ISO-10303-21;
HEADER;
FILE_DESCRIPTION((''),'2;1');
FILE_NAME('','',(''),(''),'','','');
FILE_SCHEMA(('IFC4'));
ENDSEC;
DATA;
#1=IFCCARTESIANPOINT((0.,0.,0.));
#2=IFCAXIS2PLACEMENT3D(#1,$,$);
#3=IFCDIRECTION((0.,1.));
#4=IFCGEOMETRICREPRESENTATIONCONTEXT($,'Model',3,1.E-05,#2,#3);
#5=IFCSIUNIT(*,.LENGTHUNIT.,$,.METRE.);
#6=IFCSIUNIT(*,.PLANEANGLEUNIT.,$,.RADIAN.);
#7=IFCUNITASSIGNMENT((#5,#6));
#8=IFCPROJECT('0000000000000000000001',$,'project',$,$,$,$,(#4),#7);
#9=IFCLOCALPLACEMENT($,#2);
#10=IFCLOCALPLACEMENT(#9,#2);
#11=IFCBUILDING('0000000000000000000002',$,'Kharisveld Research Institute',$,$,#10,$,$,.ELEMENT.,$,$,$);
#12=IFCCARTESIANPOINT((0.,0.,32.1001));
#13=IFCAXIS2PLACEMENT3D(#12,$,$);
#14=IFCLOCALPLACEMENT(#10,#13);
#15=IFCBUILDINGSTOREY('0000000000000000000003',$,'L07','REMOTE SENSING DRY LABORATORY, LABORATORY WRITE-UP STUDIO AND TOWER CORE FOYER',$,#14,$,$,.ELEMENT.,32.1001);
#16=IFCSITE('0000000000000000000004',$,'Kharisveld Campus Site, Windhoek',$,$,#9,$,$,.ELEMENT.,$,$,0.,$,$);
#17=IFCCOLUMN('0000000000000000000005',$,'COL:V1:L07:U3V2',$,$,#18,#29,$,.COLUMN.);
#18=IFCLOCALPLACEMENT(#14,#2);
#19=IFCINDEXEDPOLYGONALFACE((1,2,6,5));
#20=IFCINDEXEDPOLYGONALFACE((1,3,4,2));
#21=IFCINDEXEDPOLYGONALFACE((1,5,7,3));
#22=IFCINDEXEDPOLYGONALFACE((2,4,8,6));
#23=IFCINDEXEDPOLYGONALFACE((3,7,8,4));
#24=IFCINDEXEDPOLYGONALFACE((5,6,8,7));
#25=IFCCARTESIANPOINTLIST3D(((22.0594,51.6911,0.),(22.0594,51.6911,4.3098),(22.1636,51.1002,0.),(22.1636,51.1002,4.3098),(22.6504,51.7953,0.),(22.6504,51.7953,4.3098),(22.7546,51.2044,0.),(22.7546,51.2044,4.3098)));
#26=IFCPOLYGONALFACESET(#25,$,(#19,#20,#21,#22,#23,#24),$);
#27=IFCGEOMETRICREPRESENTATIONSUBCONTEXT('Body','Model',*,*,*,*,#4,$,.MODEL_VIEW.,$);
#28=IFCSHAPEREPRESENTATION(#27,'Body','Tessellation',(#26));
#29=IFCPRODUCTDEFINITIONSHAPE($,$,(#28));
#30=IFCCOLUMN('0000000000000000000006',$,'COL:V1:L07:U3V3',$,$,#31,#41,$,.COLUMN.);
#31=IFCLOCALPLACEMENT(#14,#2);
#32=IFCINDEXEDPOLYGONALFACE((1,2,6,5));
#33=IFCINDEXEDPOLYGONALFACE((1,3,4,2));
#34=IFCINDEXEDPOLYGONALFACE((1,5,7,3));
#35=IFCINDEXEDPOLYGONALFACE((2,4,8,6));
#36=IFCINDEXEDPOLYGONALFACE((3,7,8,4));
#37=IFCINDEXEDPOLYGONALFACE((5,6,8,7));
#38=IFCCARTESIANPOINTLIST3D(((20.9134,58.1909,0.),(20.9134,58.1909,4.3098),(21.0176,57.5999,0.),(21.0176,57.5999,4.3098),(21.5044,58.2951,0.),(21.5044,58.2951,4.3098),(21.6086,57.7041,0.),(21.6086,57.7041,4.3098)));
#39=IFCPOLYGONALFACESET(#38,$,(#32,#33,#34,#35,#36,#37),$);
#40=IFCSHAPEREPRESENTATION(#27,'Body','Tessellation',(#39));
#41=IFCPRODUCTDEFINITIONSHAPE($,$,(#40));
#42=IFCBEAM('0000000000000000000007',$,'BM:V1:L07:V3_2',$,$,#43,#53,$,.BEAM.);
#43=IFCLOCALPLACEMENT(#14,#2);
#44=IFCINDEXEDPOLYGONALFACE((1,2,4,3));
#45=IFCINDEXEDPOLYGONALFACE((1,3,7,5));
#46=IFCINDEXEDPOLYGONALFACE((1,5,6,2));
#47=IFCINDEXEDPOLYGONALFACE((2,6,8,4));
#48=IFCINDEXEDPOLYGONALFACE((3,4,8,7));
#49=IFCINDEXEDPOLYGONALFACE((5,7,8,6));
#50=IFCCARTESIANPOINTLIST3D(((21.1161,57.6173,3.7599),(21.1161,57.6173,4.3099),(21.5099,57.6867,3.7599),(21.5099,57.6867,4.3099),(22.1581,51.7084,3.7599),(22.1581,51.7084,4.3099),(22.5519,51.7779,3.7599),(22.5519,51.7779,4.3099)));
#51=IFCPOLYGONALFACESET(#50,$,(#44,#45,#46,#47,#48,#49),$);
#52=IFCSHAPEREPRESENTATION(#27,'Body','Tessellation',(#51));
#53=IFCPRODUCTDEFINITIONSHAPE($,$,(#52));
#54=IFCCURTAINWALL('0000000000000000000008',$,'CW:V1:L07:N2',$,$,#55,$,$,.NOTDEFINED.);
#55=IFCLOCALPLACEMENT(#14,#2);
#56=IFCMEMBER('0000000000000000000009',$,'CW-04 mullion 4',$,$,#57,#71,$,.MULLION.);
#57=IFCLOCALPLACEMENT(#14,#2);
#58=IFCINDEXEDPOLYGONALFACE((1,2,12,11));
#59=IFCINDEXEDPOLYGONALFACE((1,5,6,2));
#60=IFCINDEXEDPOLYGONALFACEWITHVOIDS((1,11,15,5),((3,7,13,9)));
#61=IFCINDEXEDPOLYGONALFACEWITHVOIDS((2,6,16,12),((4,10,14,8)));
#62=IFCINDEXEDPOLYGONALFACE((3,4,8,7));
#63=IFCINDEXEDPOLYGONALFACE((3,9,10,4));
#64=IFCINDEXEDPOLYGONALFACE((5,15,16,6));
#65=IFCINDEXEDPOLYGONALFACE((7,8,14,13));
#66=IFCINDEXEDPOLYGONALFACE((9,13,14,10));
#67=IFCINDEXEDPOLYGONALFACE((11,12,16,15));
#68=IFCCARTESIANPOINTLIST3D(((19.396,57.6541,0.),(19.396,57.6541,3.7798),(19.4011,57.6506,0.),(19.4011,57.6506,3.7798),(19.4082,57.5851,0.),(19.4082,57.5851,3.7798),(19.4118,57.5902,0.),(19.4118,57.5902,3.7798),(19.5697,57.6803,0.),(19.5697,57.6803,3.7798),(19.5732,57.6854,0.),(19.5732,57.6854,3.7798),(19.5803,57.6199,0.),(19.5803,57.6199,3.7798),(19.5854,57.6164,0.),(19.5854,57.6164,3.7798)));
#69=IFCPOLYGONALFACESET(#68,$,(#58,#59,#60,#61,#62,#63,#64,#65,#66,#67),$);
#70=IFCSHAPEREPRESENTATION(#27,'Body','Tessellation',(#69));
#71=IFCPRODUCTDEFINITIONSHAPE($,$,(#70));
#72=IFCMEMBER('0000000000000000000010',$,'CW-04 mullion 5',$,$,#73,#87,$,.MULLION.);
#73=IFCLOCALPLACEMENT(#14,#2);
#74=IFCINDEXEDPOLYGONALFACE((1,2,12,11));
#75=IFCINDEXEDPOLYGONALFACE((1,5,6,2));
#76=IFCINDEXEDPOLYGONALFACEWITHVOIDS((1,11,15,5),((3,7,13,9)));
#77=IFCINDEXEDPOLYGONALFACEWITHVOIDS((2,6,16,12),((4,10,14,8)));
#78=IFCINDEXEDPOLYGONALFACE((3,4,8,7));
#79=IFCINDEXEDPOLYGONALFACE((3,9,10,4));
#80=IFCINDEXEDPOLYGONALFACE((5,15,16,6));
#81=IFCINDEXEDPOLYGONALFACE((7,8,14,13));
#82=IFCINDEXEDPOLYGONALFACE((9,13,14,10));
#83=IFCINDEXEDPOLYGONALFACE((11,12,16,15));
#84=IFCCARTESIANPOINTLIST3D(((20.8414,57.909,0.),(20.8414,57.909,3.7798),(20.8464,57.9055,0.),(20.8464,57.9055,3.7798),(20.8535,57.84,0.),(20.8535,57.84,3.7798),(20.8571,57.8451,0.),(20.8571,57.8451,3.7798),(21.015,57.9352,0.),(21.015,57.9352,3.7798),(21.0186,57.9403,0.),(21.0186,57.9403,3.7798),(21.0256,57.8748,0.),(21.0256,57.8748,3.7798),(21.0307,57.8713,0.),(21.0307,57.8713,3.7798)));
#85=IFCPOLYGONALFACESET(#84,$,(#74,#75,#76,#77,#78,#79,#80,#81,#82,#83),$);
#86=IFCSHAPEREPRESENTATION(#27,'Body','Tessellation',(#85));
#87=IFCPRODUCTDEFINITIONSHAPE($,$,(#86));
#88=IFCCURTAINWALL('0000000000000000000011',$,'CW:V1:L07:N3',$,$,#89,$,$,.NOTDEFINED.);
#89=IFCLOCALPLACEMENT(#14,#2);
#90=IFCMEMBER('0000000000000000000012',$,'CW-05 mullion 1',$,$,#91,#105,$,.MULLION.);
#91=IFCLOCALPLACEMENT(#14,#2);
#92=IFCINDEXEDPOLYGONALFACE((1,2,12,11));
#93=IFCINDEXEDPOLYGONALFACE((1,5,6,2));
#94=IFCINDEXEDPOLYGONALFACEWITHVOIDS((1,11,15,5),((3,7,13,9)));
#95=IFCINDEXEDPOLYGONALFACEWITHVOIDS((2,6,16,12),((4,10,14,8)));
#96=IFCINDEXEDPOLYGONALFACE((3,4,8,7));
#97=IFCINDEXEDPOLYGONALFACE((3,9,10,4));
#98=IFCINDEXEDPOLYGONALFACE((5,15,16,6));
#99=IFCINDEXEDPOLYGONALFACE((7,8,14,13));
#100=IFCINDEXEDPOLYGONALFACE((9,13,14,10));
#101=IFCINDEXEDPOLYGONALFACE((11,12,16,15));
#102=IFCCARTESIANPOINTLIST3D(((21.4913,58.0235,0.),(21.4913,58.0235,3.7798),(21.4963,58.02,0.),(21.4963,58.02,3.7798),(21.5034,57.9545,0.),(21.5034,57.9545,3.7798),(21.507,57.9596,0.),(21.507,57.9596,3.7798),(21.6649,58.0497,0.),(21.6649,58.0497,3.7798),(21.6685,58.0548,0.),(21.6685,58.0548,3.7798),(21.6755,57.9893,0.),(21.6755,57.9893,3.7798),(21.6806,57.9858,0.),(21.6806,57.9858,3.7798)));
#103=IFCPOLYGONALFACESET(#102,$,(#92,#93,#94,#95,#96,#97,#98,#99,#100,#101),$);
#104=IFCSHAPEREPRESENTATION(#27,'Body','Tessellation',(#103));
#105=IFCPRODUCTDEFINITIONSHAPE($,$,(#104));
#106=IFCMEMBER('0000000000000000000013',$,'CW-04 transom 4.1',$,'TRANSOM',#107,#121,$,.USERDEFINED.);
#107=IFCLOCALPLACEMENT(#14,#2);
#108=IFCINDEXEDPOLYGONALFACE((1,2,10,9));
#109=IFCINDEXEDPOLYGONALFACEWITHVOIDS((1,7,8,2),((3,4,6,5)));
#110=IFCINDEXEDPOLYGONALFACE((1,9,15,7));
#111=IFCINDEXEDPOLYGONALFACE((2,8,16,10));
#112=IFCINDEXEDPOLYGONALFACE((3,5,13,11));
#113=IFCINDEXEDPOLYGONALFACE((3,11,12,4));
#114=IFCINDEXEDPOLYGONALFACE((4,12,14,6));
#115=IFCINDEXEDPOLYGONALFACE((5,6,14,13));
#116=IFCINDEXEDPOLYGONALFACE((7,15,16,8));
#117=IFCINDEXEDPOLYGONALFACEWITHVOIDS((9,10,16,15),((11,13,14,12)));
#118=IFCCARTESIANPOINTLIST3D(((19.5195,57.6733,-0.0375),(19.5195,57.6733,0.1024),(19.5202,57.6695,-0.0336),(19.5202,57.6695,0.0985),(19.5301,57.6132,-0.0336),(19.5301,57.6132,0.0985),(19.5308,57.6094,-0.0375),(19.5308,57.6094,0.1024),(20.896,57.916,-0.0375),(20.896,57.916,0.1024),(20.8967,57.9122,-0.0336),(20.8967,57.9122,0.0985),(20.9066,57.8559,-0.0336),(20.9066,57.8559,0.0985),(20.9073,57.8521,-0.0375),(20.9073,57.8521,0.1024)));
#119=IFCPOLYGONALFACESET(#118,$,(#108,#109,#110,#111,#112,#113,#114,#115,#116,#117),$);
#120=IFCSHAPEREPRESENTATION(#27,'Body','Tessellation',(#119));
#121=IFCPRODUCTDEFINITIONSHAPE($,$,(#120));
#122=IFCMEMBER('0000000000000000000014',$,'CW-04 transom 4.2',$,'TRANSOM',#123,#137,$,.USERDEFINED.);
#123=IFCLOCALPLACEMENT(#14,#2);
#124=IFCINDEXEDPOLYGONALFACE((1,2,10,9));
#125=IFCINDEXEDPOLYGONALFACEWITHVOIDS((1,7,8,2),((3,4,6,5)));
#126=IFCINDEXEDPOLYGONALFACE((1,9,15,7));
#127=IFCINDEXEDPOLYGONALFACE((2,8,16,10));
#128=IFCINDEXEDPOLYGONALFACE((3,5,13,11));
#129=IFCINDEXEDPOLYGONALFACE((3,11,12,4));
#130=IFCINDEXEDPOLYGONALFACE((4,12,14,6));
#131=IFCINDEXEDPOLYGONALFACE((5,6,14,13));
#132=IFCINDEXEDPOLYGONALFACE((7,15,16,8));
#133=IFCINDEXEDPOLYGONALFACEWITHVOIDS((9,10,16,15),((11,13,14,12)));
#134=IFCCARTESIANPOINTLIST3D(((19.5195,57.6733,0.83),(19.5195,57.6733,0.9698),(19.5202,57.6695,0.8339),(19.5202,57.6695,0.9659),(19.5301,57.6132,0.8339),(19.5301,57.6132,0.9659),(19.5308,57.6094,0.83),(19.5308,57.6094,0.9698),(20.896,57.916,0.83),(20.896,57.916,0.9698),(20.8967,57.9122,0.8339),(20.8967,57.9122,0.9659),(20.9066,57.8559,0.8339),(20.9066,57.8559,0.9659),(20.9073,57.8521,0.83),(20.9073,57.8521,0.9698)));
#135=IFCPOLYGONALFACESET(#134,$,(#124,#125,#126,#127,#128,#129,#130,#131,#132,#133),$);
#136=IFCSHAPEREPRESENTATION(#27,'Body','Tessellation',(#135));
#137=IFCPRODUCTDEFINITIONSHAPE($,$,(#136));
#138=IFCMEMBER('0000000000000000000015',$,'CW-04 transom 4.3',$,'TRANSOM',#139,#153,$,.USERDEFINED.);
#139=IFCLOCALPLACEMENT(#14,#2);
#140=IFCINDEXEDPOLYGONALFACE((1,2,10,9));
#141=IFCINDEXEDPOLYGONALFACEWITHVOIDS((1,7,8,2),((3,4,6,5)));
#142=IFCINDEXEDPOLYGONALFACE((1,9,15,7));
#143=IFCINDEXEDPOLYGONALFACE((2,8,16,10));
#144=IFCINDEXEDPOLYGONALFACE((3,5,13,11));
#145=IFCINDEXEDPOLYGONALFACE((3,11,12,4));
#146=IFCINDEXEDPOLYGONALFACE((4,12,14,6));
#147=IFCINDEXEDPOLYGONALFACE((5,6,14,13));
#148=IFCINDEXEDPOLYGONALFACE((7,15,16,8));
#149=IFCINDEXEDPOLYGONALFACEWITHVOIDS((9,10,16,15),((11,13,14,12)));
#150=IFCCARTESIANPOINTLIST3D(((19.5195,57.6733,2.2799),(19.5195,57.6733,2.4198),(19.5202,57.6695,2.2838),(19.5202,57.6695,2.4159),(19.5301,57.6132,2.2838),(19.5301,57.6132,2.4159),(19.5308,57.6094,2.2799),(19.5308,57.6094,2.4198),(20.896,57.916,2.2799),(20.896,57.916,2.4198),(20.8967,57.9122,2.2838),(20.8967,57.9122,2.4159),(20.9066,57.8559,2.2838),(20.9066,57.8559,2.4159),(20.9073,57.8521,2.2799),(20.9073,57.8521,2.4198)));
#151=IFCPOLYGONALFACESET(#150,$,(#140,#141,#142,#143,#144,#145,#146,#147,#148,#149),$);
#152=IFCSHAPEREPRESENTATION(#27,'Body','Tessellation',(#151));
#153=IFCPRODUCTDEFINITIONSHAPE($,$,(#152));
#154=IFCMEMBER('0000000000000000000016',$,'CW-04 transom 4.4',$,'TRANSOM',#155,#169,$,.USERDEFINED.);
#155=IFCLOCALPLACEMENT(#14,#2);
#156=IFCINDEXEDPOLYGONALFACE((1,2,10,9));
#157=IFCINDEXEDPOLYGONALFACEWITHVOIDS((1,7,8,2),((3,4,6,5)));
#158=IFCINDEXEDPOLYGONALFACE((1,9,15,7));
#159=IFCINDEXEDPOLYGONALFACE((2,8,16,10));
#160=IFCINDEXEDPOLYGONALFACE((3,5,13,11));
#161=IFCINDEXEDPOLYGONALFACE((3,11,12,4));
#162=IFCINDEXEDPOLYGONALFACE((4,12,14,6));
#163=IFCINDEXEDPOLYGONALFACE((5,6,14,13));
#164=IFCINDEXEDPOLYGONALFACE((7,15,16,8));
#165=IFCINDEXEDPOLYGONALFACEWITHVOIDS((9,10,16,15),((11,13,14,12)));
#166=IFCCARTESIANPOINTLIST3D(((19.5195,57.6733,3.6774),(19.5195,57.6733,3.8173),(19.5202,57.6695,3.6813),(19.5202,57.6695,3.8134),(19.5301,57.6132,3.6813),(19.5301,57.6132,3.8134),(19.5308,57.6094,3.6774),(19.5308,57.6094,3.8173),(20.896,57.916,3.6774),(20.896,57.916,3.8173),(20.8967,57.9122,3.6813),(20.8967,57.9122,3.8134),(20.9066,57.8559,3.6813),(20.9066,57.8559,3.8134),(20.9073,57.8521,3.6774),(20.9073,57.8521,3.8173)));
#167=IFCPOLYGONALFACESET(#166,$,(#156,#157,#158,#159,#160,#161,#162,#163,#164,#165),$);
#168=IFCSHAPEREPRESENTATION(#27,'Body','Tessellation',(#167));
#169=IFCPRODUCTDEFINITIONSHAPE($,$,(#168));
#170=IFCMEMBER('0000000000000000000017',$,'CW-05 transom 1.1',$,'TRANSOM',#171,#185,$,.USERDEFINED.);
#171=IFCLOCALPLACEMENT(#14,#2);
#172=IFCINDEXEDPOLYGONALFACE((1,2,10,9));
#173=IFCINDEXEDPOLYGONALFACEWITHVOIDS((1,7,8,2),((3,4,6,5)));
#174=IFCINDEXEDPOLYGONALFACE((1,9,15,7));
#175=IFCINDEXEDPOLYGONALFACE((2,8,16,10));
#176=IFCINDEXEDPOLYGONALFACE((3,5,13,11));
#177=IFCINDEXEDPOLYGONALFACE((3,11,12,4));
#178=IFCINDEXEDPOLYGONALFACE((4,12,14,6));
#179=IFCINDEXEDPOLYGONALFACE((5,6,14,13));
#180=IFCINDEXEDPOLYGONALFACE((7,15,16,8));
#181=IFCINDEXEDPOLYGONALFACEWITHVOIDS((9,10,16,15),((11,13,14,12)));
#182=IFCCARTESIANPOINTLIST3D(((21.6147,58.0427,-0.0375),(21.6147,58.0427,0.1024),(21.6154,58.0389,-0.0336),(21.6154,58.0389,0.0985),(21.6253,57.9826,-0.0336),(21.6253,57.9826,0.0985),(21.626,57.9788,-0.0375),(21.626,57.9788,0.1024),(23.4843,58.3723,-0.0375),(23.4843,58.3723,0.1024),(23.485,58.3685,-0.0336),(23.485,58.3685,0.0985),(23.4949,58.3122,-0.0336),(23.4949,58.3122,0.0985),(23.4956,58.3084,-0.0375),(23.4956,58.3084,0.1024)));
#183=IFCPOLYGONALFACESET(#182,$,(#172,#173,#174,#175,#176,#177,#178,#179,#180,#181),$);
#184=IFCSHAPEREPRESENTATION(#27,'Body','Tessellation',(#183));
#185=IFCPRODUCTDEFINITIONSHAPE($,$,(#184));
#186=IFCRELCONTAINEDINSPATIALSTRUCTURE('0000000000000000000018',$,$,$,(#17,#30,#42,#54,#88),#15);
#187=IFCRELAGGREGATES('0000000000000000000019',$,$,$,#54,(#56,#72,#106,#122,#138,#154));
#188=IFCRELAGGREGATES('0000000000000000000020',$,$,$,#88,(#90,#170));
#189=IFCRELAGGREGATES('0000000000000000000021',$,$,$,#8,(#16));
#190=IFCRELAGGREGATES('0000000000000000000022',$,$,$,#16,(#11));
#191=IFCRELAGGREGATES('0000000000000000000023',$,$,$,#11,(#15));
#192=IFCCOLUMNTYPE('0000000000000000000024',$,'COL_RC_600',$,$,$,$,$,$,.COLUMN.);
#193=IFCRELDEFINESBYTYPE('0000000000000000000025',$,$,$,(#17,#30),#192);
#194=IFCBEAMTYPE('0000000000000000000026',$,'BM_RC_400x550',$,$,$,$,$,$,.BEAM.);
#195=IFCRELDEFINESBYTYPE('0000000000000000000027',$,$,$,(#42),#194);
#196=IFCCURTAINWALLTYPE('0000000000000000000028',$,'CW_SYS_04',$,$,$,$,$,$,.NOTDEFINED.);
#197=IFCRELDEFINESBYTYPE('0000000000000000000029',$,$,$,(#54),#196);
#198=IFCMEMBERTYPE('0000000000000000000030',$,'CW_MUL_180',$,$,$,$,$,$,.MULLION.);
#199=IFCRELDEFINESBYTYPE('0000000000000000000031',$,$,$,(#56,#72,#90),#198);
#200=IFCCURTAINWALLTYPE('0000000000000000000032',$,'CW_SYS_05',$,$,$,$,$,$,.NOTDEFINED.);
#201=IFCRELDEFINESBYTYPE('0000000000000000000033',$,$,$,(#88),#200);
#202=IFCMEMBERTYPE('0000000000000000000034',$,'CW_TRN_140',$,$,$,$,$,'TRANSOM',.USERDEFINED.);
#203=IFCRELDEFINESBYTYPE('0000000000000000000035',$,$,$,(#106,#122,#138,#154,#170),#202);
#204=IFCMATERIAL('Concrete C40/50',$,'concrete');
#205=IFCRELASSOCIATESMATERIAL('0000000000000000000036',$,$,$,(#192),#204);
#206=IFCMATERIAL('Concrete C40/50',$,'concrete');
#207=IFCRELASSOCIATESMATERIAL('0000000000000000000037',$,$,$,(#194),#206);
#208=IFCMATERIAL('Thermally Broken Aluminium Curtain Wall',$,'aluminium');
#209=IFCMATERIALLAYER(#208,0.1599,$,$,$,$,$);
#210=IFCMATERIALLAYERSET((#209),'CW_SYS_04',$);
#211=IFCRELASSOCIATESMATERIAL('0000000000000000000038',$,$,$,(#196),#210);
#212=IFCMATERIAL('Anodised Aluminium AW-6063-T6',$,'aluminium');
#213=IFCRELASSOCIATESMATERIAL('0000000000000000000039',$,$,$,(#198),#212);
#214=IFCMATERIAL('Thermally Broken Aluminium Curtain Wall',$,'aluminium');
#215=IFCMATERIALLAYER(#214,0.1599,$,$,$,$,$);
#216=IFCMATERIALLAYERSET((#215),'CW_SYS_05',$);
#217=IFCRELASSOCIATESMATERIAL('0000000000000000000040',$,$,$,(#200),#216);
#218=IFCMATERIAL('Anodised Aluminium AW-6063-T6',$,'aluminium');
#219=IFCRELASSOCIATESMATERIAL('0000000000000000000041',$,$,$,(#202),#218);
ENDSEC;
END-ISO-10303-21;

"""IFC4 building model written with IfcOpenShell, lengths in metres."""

from ifc_helpers import new_model, si_unit, direction, frame, origin, origin_2d, place, context, subcontext, project, spatial, rectangle, hollow_rectangle, extrude, material, layer, layer_set, material_profile, profile_set, type_object, element, aggregate, save


model = new_model("IFC4")

# Units and contexts
model_context = context("Model", 3, precision=1e-05, world=origin(), true_north=direction((0.0, 1.0)))
body_context = subcontext(model_context, "Body", "Model", "MODEL_VIEW")
ifc_project = project(units=[si_unit("LENGTHUNIT", "METRE"), si_unit("PLANEANGLEUNIT", "RADIAN")], contexts=[model_context])

# Site, building, storey
site_placement = place(None, origin())
site = spatial("IfcSite", under=ifc_project, at=site_placement, Name="Kharisveld Campus Site, Windhoek", CompositionType="ELEMENT", RefElevation=0.0)
building_placement = place(site_placement, origin())
building = spatial("IfcBuilding", under=site, at=building_placement, Name="Kharisveld Research Institute", CompositionType="ELEMENT")
storey_placement = place(building_placement, frame((0.0, 0.0, 32.1001)))
storey = spatial("IfcBuildingStorey", under=building, at=storey_placement, Name="L07", Description="REMOTE SENSING DRY LABORATORY, LABORATORY WRITE-UP STUDIO AND TOWER CORE FOYER", CompositionType="ELEMENT", Elevation=32.1001)

# Columns
ifc_material_1 = material(Name="Concrete C40/50", Category="concrete")
ifc_material_profile_1 = material_profile(ifc_material_1, rectangle(XDim=0.6001, YDim=0.6001, at=origin_2d()))
ifc_profile_set_1 = profile_set([ifc_material_profile_1], Name="Concrete C40/50")
column_type = type_object("IfcColumnType", Name="COL_RC_600", PredefinedType="COLUMN", material=ifc_profile_set_1)
for number, where, z_axis, x_axis, name in (
    (1, (22.407, 51.4478, 0.0), (0.0, 0.0, 1.0), (0.984808, 0.173648, 0.0), "COL:V1:L07:U3V2"),
    (2, (21.261, 57.9475, 0.0), (0.0, 0.0, 1.0), (0.984808, 0.173648, 0.0), "COL:V1:L07:U3V3"),
):
    element("IfcColumn", number, at=place(storey_placement, frame(where, z_axis=z_axis, x_axis=x_axis)), inside=storey, type_object=column_type, Name=name, PredefinedType="COLUMN", context=body_context, shape_type="SweptSolid", body=[
        extrude(rectangle(XDim=0.6001, YDim=0.6001, at=origin_2d()), origin(), (0.0, 0.0, 1.0), 4.3098),
    ])

# Beam
ifc_material_2 = material(Name="Concrete C40/50", Category="concrete")
ifc_material_profile_2 = material_profile(ifc_material_2, rectangle(XDim=0.3999, YDim=0.55, at=origin_2d()))
ifc_profile_set_2 = profile_set([ifc_material_profile_2], Name="Concrete C40/50")
beam_type_1 = type_object("IfcBeamType", Name="BM_RC_400x550", PredefinedType="BEAM", material=ifc_profile_set_2)
beam_1_placement = place(storey_placement, frame((22.355, 51.7432, 4.0349), z_axis=(-0.173662, 0.984805, 0.0), x_axis=(-0.984805, -0.173662, 0.0)))
element("IfcBeam", 3, at=beam_1_placement, inside=storey, type_object=beam_type_1, Name="BM:V1:L07:V3_2", PredefinedType="BEAM", context=body_context, shape_type="SweptSolid", body=[
    extrude(rectangle(XDim=0.3999, YDim=0.55, at=origin_2d()), origin(), (0.0, 0.0, 1.0), 6.0),
])

# Curtain wall, members
ifc_material_3 = material(Name="Thermally Broken Aluminium Curtain Wall", Category="aluminium")
ifc_layer_1 = layer(ifc_material_3, 0.1599)
ifc_layer_set_1 = layer_set([ifc_layer_1], Name="CW_SYS_04")
curtain_wall_type_1 = type_object("IfcCurtainWallType", Name="CW_SYS_04", PredefinedType="NOTDEFINED", material=ifc_layer_set_1)
curtain_wall_1_placement = place(storey_placement, origin())
curtain_wall_1 = element("IfcCurtainWall", 4, at=curtain_wall_1_placement, inside=storey, type_object=curtain_wall_type_1, Name="CW:V1:L07:N2", PredefinedType="NOTDEFINED")
ifc_material_4 = material(Name="Anodised Aluminium AW-6063-T6", Category="aluminium")
ifc_material_profile_3 = material_profile(ifc_material_4, hollow_rectangle(XDim=0.0701, YDim=0.1799, WallThickness=0.0044, at=origin_2d()))
ifc_profile_set_3 = profile_set([ifc_material_profile_3], Name="Anodised Aluminium AW-6063-T6")
member_type_1 = type_object("IfcMemberType", Name="CW_MUL_180", PredefinedType="MULLION", material=ifc_profile_set_3)
member_1_placement = place(storey_placement, frame((19.4907, 57.6353, 0.0), z_axis=(0.0, 0.0, 1.0), x_axis=(-0.173648, 0.984808, 0.0)))
member_1 = element("IfcMember", 5, at=member_1_placement, type_object=member_type_1, Name="CW-04 mullion 4", PredefinedType="MULLION", context=body_context, shape_type="SweptSolid", body=[
    extrude(hollow_rectangle(XDim=0.0701, YDim=0.1799, WallThickness=0.0044, at=origin_2d()), origin(), (0.0, 0.0, 1.0), 3.7798),
])
member_2_placement = place(storey_placement, frame((20.936, 57.8901, 0.0), z_axis=(0.0, 0.0, 1.0), x_axis=(-0.173648, 0.984808, 0.0)))
member_2 = element("IfcMember", 6, at=member_2_placement, type_object=member_type_1, Name="CW-04 mullion 5", PredefinedType="MULLION", context=body_context, shape_type="SweptSolid", body=[
    extrude(hollow_rectangle(XDim=0.0701, YDim=0.1799, WallThickness=0.0044, at=origin_2d()), origin(), (0.0, 0.0, 1.0), 3.7798),
])

# Curtain wall, member
ifc_material_5 = material(Name="Thermally Broken Aluminium Curtain Wall", Category="aluminium")
ifc_layer_2 = layer(ifc_material_5, 0.1599)
ifc_layer_set_2 = layer_set([ifc_layer_2], Name="CW_SYS_05")
curtain_wall_type_2 = type_object("IfcCurtainWallType", Name="CW_SYS_05", PredefinedType="NOTDEFINED", material=ifc_layer_set_2)
curtain_wall_2_placement = place(storey_placement, origin())
curtain_wall_2 = element("IfcCurtainWall", 7, at=curtain_wall_2_placement, inside=storey, type_object=curtain_wall_type_2, Name="CW:V1:L07:N3", PredefinedType="NOTDEFINED")
member_3_placement = place(storey_placement, frame((21.5859, 58.0046, 0.0), z_axis=(0.0, 0.0, 1.0), x_axis=(-0.173648, 0.984808, 0.0)))
member_3 = element("IfcMember", 8, at=member_3_placement, type_object=member_type_1, Name="CW-05 mullion 1", PredefinedType="MULLION", context=body_context, shape_type="SweptSolid", body=[
    extrude(hollow_rectangle(XDim=0.0701, YDim=0.1799, WallThickness=0.0044, at=origin_2d()), origin(), (0.0, 0.0, 1.0), 3.7798),
])

# Members
ifc_material_6 = material(Name="Anodised Aluminium AW-6063-T6", Category="aluminium")
ifc_material_profile_4 = material_profile(ifc_material_6, hollow_rectangle(XDim=0.0649, YDim=0.1399, WallThickness=0.0039, at=origin_2d()))
ifc_profile_set_4 = profile_set([ifc_material_profile_4], Name="Anodised Aluminium AW-6063-T6")
member_type_2 = type_object("IfcMemberType", Name="CW_TRN_140", ElementType="TRANSOM", PredefinedType="USERDEFINED", material=ifc_profile_set_4)
member_4_placement = place(storey_placement, frame((19.5251, 57.6414, 0.0325), z_axis=(0.984812, 0.173626, 0.0), x_axis=(-0.173626, 0.984812, 0.0)))
member_4 = element("IfcMember", 9, at=member_4_placement, type_object=member_type_2, Name="CW-04 transom 4.1", ObjectType="TRANSOM", PredefinedType="USERDEFINED", context=body_context, shape_type="SweptSolid", body=[
    extrude(hollow_rectangle(XDim=0.0649, YDim=0.1399, WallThickness=0.0039, at=origin_2d()), origin(), (0.0, 0.0, 1.0), 1.3977),
])
member_5_placement = place(storey_placement, frame((19.5251, 57.6414, 0.8999), z_axis=(0.984812, 0.173626, 0.0), x_axis=(-0.173626, 0.984812, 0.0)))
member_5 = element("IfcMember", 10, at=member_5_placement, type_object=member_type_2, Name="CW-04 transom 4.2", ObjectType="TRANSOM", PredefinedType="USERDEFINED", context=body_context, shape_type="SweptSolid", body=[
    extrude(hollow_rectangle(XDim=0.0649, YDim=0.1399, WallThickness=0.0039, at=origin_2d()), origin(), (0.0, 0.0, 1.0), 1.3977),
])
member_6_placement = place(storey_placement, frame((19.5251, 57.6414, 2.3499), z_axis=(0.984812, 0.173626, 0.0), x_axis=(-0.173626, 0.984812, 0.0)))
member_6 = element("IfcMember", 11, at=member_6_placement, type_object=member_type_2, Name="CW-04 transom 4.3", ObjectType="TRANSOM", PredefinedType="USERDEFINED", context=body_context, shape_type="SweptSolid", body=[
    extrude(hollow_rectangle(XDim=0.0649, YDim=0.1399, WallThickness=0.0039, at=origin_2d()), origin(), (0.0, 0.0, 1.0), 1.3977),
])
member_7_placement = place(storey_placement, frame((19.5251, 57.6414, 3.7473), z_axis=(0.984812, 0.173626, 0.0), x_axis=(-0.173626, 0.984812, 0.0)))
member_7 = element("IfcMember", 12, at=member_7_placement, type_object=member_type_2, Name="CW-04 transom 4.4", ObjectType="TRANSOM", PredefinedType="USERDEFINED", context=body_context, shape_type="SweptSolid", body=[
    extrude(hollow_rectangle(XDim=0.0649, YDim=0.1399, WallThickness=0.0039, at=origin_2d()), origin(), (0.0, 0.0, 1.0), 1.3977),
])
member_8_placement = place(storey_placement, frame((21.6204, 58.0107, 0.0325), z_axis=(0.984815, 0.173609, 0.0), x_axis=(-0.173609, 0.984815, 0.0)))
member_8 = element("IfcMember", 13, at=member_8_placement, type_object=member_type_2, Name="CW-05 transom 1.1", ObjectType="TRANSOM", PredefinedType="USERDEFINED", context=body_context, shape_type="SweptSolid", body=[
    extrude(hollow_rectangle(XDim=0.0649, YDim=0.1399, WallThickness=0.0039, at=origin_2d()), origin(), (0.0, 0.0, 1.0), 1.8984),
])

aggregate(curtain_wall_1, [member_1, member_2, member_4, member_5, member_6, member_7])
aggregate(curtain_wall_2, [member_3, member_8])

save(model, "model.ifc")
